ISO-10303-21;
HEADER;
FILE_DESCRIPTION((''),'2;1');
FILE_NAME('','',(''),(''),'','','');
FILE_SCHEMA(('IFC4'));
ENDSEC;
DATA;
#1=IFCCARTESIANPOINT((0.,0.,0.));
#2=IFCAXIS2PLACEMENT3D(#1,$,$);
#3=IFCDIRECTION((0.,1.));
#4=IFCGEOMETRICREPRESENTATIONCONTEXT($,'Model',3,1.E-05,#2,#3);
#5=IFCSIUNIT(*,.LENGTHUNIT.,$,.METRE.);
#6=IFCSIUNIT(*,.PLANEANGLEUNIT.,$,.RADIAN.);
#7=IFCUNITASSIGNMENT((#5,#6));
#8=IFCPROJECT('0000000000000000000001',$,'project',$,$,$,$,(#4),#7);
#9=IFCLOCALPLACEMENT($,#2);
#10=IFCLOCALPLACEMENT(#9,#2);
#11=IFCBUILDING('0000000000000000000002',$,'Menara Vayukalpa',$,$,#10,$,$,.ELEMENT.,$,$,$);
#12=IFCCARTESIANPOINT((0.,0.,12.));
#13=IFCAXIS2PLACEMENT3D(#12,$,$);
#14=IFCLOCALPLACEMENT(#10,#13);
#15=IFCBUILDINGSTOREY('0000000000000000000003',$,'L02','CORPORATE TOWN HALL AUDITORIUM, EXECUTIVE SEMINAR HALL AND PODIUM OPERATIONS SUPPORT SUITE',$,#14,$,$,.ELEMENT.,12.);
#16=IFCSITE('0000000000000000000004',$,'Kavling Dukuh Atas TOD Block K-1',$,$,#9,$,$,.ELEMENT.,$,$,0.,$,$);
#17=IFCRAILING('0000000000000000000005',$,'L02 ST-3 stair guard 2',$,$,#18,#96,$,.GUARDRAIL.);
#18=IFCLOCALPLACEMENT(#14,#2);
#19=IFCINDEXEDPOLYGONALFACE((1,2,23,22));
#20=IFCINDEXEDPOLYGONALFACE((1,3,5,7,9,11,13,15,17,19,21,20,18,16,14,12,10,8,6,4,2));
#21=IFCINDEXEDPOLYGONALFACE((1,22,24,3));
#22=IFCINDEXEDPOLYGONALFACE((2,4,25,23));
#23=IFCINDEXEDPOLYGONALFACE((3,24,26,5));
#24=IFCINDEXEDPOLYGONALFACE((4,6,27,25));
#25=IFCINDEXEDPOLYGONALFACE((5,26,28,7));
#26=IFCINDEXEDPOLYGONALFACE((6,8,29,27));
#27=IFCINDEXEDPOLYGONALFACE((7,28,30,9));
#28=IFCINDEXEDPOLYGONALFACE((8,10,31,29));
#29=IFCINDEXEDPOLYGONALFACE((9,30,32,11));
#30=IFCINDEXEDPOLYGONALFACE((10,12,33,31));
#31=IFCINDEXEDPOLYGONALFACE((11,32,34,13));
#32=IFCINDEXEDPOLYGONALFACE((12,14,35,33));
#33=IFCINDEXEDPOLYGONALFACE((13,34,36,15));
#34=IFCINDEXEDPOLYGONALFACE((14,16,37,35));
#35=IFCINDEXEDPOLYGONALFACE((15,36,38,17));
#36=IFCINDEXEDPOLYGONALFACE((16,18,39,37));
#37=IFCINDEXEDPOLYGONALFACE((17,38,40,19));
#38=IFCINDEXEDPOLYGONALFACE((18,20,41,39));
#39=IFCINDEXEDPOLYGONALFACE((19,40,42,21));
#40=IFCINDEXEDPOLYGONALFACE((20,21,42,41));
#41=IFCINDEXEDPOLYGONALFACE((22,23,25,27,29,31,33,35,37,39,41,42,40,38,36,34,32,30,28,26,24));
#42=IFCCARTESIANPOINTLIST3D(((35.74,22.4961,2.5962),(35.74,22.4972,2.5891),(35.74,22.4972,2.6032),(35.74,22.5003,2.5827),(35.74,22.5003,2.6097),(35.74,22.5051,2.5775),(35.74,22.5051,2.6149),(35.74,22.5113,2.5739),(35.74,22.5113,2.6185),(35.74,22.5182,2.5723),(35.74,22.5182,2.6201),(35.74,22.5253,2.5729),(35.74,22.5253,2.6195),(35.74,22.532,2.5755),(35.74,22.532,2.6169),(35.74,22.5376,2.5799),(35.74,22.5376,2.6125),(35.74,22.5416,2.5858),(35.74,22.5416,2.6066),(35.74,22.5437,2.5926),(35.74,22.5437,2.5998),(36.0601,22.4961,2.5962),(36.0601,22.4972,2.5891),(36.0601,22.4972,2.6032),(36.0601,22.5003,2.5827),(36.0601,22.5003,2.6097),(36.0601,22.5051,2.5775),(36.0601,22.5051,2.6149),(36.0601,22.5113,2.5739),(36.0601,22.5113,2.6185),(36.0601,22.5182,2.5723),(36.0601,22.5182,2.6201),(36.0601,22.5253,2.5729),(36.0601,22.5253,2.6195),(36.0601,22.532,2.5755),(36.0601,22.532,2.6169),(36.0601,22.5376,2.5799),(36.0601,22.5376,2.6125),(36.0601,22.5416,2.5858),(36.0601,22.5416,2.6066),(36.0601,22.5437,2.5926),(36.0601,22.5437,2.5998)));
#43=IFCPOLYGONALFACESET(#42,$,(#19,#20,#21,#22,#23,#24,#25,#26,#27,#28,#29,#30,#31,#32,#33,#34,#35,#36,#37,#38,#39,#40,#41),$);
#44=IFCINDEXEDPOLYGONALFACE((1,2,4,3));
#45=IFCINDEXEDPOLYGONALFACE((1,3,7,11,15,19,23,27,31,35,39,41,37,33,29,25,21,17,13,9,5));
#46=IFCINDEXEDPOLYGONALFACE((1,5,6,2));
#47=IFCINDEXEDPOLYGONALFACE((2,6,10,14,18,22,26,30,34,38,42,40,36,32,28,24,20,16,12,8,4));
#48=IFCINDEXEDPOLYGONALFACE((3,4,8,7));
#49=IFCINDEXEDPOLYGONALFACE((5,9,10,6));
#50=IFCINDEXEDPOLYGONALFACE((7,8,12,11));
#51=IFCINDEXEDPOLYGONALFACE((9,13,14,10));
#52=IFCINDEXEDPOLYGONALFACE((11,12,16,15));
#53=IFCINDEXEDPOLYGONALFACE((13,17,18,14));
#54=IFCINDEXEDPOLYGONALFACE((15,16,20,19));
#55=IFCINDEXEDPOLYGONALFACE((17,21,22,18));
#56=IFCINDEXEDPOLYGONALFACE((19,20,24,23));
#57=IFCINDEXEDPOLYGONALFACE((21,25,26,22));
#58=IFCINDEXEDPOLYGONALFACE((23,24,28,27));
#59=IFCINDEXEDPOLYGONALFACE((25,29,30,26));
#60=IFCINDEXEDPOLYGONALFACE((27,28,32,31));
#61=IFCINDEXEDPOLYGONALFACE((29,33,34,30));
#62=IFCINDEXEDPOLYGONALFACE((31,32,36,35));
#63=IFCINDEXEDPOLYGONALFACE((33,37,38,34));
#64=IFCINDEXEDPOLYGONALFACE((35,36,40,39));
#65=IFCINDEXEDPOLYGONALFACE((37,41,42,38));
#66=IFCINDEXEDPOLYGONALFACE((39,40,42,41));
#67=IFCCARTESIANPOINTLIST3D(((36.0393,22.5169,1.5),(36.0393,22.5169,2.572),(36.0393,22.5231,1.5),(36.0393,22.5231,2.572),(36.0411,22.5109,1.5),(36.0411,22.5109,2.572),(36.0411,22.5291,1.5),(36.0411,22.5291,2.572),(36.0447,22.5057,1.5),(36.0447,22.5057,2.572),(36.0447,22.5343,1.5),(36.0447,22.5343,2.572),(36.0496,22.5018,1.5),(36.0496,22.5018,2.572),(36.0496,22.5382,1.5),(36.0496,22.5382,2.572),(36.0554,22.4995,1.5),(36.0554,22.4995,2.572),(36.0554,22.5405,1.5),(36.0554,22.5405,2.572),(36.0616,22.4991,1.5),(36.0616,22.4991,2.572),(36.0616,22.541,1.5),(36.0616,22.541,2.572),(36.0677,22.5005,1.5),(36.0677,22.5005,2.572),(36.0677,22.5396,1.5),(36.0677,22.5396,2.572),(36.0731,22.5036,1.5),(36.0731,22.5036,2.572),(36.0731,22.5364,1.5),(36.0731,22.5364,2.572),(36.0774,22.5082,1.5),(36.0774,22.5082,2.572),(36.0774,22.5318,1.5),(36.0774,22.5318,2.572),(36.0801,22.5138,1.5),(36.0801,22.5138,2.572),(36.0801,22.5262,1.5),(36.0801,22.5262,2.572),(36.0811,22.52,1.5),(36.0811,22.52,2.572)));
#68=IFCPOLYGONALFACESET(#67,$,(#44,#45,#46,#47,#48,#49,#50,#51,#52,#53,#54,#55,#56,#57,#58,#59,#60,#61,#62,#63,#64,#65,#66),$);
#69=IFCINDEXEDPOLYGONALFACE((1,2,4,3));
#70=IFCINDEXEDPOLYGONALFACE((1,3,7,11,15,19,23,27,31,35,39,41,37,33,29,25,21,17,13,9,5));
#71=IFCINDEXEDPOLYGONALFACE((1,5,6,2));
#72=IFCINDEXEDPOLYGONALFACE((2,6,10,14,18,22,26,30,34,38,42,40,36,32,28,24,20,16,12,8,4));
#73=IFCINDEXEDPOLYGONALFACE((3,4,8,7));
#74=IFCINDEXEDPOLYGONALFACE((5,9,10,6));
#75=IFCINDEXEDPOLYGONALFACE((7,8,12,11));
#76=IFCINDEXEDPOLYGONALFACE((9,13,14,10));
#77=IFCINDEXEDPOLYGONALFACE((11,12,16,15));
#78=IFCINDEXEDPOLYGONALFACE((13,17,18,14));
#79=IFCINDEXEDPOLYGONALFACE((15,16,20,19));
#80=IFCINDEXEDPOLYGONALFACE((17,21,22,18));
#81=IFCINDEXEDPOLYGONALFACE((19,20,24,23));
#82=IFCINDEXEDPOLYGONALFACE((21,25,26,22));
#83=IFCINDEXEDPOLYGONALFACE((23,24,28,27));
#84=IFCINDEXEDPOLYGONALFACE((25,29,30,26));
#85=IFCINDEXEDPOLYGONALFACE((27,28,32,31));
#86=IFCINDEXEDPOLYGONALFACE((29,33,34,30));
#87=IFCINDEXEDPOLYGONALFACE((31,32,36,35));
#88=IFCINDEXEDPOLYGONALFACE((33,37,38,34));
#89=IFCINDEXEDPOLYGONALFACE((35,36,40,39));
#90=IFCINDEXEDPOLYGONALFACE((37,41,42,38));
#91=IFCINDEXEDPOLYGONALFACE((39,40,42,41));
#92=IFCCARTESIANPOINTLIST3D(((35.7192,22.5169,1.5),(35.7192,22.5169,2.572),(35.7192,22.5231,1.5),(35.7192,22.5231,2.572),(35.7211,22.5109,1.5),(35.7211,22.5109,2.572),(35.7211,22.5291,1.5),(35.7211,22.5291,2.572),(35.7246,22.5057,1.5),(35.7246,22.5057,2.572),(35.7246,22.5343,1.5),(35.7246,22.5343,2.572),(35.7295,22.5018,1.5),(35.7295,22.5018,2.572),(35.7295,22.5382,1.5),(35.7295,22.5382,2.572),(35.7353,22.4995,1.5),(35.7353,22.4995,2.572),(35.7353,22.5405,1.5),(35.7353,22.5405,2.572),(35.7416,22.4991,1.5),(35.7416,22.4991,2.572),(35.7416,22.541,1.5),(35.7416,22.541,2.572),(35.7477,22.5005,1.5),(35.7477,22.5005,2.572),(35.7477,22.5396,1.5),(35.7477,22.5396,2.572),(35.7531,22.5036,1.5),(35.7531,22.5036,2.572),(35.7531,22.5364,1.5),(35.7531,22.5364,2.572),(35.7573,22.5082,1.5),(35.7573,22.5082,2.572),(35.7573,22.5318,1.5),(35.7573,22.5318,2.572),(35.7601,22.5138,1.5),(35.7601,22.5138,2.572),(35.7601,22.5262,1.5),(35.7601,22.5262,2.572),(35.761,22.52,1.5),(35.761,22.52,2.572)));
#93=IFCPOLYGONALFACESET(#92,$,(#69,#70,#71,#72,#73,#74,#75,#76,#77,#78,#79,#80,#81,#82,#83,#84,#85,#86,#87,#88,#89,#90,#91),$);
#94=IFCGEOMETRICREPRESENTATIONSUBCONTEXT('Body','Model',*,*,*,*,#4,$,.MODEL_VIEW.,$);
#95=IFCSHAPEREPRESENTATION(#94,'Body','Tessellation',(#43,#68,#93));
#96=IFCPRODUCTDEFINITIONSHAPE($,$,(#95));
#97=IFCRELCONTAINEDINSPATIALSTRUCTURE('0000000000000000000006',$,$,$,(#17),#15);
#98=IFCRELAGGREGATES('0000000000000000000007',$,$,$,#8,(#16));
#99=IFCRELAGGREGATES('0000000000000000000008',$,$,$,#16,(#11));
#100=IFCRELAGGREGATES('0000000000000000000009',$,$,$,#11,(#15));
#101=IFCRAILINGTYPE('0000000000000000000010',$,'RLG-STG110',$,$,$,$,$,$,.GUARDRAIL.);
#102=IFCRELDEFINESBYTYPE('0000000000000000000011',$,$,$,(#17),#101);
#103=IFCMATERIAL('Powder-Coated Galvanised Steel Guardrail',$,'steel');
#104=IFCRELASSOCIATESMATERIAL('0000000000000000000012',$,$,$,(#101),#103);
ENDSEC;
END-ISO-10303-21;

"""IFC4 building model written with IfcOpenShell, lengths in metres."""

from ifc_helpers import new_model, si_unit, direction, frame, origin, origin_2d, place, context, subcontext, project, spatial, circle, extrude, material, type_object, element, save


model = new_model("IFC4")

# Units and contexts
model_context = context("Model", 3, precision=1e-05, world=origin(), true_north=direction((0.0, 1.0)))
body_context = subcontext(model_context, "Body", "Model", "MODEL_VIEW")
ifc_project = project(units=[si_unit("LENGTHUNIT", "METRE"), si_unit("PLANEANGLEUNIT", "RADIAN")], contexts=[model_context])

# Site, building, storey
site_placement = place(None, origin())
site = spatial("IfcSite", under=ifc_project, at=site_placement, Name="Kavling Dukuh Atas TOD Block K-1", CompositionType="ELEMENT", RefElevation=0.0)
building_placement = place(site_placement, origin())
building = spatial("IfcBuilding", under=site, at=building_placement, Name="Menara Vayukalpa", CompositionType="ELEMENT")
storey_placement = place(building_placement, frame((0.0, 0.0, 12.0)))
storey = spatial("IfcBuildingStorey", under=building, at=storey_placement, Name="L02", Description="CORPORATE TOWN HALL AUDITORIUM, EXECUTIVE SEMINAR HALL AND PODIUM OPERATIONS SUPPORT SUITE", CompositionType="ELEMENT", Elevation=12.0)

# Railing
ifc_material_1 = material(Name="Powder-Coated Galvanised Steel Guardrail", Category="steel")
railing_type_1 = type_object("IfcRailingType", Name="RLG-STG110", PredefinedType="GUARDRAIL", material=ifc_material_1)
railing_1_placement = place(storey_placement, frame((36.0601, 22.52, 1.5)))
element("IfcRailing", 1, at=railing_1_placement, inside=storey, type_object=railing_type_1, Name="L02 ST-3 stair guard 2", PredefinedType="GUARDRAIL", context=body_context, shape_type="SweptSolid", body=[
    extrude(circle(Radius=0.0239, at=origin_2d()), frame((0.0, 0.0, 1.0962), z_axis=(-1.0, 0.0, 0.0), x_axis=(0.0, -1.0, 0.0)), (0.0, 0.0, 1.0), 0.3201),
    extrude(circle(Radius=0.021, at=origin_2d()), origin(), (0.0, 0.0, 1.0), 1.072),
    extrude(circle(Radius=0.021, at=origin_2d()), frame((-0.3201, 0.0, 0.0)), (0.0, 0.0, 1.0), 1.072),
])

save(model, "model.ifc")
